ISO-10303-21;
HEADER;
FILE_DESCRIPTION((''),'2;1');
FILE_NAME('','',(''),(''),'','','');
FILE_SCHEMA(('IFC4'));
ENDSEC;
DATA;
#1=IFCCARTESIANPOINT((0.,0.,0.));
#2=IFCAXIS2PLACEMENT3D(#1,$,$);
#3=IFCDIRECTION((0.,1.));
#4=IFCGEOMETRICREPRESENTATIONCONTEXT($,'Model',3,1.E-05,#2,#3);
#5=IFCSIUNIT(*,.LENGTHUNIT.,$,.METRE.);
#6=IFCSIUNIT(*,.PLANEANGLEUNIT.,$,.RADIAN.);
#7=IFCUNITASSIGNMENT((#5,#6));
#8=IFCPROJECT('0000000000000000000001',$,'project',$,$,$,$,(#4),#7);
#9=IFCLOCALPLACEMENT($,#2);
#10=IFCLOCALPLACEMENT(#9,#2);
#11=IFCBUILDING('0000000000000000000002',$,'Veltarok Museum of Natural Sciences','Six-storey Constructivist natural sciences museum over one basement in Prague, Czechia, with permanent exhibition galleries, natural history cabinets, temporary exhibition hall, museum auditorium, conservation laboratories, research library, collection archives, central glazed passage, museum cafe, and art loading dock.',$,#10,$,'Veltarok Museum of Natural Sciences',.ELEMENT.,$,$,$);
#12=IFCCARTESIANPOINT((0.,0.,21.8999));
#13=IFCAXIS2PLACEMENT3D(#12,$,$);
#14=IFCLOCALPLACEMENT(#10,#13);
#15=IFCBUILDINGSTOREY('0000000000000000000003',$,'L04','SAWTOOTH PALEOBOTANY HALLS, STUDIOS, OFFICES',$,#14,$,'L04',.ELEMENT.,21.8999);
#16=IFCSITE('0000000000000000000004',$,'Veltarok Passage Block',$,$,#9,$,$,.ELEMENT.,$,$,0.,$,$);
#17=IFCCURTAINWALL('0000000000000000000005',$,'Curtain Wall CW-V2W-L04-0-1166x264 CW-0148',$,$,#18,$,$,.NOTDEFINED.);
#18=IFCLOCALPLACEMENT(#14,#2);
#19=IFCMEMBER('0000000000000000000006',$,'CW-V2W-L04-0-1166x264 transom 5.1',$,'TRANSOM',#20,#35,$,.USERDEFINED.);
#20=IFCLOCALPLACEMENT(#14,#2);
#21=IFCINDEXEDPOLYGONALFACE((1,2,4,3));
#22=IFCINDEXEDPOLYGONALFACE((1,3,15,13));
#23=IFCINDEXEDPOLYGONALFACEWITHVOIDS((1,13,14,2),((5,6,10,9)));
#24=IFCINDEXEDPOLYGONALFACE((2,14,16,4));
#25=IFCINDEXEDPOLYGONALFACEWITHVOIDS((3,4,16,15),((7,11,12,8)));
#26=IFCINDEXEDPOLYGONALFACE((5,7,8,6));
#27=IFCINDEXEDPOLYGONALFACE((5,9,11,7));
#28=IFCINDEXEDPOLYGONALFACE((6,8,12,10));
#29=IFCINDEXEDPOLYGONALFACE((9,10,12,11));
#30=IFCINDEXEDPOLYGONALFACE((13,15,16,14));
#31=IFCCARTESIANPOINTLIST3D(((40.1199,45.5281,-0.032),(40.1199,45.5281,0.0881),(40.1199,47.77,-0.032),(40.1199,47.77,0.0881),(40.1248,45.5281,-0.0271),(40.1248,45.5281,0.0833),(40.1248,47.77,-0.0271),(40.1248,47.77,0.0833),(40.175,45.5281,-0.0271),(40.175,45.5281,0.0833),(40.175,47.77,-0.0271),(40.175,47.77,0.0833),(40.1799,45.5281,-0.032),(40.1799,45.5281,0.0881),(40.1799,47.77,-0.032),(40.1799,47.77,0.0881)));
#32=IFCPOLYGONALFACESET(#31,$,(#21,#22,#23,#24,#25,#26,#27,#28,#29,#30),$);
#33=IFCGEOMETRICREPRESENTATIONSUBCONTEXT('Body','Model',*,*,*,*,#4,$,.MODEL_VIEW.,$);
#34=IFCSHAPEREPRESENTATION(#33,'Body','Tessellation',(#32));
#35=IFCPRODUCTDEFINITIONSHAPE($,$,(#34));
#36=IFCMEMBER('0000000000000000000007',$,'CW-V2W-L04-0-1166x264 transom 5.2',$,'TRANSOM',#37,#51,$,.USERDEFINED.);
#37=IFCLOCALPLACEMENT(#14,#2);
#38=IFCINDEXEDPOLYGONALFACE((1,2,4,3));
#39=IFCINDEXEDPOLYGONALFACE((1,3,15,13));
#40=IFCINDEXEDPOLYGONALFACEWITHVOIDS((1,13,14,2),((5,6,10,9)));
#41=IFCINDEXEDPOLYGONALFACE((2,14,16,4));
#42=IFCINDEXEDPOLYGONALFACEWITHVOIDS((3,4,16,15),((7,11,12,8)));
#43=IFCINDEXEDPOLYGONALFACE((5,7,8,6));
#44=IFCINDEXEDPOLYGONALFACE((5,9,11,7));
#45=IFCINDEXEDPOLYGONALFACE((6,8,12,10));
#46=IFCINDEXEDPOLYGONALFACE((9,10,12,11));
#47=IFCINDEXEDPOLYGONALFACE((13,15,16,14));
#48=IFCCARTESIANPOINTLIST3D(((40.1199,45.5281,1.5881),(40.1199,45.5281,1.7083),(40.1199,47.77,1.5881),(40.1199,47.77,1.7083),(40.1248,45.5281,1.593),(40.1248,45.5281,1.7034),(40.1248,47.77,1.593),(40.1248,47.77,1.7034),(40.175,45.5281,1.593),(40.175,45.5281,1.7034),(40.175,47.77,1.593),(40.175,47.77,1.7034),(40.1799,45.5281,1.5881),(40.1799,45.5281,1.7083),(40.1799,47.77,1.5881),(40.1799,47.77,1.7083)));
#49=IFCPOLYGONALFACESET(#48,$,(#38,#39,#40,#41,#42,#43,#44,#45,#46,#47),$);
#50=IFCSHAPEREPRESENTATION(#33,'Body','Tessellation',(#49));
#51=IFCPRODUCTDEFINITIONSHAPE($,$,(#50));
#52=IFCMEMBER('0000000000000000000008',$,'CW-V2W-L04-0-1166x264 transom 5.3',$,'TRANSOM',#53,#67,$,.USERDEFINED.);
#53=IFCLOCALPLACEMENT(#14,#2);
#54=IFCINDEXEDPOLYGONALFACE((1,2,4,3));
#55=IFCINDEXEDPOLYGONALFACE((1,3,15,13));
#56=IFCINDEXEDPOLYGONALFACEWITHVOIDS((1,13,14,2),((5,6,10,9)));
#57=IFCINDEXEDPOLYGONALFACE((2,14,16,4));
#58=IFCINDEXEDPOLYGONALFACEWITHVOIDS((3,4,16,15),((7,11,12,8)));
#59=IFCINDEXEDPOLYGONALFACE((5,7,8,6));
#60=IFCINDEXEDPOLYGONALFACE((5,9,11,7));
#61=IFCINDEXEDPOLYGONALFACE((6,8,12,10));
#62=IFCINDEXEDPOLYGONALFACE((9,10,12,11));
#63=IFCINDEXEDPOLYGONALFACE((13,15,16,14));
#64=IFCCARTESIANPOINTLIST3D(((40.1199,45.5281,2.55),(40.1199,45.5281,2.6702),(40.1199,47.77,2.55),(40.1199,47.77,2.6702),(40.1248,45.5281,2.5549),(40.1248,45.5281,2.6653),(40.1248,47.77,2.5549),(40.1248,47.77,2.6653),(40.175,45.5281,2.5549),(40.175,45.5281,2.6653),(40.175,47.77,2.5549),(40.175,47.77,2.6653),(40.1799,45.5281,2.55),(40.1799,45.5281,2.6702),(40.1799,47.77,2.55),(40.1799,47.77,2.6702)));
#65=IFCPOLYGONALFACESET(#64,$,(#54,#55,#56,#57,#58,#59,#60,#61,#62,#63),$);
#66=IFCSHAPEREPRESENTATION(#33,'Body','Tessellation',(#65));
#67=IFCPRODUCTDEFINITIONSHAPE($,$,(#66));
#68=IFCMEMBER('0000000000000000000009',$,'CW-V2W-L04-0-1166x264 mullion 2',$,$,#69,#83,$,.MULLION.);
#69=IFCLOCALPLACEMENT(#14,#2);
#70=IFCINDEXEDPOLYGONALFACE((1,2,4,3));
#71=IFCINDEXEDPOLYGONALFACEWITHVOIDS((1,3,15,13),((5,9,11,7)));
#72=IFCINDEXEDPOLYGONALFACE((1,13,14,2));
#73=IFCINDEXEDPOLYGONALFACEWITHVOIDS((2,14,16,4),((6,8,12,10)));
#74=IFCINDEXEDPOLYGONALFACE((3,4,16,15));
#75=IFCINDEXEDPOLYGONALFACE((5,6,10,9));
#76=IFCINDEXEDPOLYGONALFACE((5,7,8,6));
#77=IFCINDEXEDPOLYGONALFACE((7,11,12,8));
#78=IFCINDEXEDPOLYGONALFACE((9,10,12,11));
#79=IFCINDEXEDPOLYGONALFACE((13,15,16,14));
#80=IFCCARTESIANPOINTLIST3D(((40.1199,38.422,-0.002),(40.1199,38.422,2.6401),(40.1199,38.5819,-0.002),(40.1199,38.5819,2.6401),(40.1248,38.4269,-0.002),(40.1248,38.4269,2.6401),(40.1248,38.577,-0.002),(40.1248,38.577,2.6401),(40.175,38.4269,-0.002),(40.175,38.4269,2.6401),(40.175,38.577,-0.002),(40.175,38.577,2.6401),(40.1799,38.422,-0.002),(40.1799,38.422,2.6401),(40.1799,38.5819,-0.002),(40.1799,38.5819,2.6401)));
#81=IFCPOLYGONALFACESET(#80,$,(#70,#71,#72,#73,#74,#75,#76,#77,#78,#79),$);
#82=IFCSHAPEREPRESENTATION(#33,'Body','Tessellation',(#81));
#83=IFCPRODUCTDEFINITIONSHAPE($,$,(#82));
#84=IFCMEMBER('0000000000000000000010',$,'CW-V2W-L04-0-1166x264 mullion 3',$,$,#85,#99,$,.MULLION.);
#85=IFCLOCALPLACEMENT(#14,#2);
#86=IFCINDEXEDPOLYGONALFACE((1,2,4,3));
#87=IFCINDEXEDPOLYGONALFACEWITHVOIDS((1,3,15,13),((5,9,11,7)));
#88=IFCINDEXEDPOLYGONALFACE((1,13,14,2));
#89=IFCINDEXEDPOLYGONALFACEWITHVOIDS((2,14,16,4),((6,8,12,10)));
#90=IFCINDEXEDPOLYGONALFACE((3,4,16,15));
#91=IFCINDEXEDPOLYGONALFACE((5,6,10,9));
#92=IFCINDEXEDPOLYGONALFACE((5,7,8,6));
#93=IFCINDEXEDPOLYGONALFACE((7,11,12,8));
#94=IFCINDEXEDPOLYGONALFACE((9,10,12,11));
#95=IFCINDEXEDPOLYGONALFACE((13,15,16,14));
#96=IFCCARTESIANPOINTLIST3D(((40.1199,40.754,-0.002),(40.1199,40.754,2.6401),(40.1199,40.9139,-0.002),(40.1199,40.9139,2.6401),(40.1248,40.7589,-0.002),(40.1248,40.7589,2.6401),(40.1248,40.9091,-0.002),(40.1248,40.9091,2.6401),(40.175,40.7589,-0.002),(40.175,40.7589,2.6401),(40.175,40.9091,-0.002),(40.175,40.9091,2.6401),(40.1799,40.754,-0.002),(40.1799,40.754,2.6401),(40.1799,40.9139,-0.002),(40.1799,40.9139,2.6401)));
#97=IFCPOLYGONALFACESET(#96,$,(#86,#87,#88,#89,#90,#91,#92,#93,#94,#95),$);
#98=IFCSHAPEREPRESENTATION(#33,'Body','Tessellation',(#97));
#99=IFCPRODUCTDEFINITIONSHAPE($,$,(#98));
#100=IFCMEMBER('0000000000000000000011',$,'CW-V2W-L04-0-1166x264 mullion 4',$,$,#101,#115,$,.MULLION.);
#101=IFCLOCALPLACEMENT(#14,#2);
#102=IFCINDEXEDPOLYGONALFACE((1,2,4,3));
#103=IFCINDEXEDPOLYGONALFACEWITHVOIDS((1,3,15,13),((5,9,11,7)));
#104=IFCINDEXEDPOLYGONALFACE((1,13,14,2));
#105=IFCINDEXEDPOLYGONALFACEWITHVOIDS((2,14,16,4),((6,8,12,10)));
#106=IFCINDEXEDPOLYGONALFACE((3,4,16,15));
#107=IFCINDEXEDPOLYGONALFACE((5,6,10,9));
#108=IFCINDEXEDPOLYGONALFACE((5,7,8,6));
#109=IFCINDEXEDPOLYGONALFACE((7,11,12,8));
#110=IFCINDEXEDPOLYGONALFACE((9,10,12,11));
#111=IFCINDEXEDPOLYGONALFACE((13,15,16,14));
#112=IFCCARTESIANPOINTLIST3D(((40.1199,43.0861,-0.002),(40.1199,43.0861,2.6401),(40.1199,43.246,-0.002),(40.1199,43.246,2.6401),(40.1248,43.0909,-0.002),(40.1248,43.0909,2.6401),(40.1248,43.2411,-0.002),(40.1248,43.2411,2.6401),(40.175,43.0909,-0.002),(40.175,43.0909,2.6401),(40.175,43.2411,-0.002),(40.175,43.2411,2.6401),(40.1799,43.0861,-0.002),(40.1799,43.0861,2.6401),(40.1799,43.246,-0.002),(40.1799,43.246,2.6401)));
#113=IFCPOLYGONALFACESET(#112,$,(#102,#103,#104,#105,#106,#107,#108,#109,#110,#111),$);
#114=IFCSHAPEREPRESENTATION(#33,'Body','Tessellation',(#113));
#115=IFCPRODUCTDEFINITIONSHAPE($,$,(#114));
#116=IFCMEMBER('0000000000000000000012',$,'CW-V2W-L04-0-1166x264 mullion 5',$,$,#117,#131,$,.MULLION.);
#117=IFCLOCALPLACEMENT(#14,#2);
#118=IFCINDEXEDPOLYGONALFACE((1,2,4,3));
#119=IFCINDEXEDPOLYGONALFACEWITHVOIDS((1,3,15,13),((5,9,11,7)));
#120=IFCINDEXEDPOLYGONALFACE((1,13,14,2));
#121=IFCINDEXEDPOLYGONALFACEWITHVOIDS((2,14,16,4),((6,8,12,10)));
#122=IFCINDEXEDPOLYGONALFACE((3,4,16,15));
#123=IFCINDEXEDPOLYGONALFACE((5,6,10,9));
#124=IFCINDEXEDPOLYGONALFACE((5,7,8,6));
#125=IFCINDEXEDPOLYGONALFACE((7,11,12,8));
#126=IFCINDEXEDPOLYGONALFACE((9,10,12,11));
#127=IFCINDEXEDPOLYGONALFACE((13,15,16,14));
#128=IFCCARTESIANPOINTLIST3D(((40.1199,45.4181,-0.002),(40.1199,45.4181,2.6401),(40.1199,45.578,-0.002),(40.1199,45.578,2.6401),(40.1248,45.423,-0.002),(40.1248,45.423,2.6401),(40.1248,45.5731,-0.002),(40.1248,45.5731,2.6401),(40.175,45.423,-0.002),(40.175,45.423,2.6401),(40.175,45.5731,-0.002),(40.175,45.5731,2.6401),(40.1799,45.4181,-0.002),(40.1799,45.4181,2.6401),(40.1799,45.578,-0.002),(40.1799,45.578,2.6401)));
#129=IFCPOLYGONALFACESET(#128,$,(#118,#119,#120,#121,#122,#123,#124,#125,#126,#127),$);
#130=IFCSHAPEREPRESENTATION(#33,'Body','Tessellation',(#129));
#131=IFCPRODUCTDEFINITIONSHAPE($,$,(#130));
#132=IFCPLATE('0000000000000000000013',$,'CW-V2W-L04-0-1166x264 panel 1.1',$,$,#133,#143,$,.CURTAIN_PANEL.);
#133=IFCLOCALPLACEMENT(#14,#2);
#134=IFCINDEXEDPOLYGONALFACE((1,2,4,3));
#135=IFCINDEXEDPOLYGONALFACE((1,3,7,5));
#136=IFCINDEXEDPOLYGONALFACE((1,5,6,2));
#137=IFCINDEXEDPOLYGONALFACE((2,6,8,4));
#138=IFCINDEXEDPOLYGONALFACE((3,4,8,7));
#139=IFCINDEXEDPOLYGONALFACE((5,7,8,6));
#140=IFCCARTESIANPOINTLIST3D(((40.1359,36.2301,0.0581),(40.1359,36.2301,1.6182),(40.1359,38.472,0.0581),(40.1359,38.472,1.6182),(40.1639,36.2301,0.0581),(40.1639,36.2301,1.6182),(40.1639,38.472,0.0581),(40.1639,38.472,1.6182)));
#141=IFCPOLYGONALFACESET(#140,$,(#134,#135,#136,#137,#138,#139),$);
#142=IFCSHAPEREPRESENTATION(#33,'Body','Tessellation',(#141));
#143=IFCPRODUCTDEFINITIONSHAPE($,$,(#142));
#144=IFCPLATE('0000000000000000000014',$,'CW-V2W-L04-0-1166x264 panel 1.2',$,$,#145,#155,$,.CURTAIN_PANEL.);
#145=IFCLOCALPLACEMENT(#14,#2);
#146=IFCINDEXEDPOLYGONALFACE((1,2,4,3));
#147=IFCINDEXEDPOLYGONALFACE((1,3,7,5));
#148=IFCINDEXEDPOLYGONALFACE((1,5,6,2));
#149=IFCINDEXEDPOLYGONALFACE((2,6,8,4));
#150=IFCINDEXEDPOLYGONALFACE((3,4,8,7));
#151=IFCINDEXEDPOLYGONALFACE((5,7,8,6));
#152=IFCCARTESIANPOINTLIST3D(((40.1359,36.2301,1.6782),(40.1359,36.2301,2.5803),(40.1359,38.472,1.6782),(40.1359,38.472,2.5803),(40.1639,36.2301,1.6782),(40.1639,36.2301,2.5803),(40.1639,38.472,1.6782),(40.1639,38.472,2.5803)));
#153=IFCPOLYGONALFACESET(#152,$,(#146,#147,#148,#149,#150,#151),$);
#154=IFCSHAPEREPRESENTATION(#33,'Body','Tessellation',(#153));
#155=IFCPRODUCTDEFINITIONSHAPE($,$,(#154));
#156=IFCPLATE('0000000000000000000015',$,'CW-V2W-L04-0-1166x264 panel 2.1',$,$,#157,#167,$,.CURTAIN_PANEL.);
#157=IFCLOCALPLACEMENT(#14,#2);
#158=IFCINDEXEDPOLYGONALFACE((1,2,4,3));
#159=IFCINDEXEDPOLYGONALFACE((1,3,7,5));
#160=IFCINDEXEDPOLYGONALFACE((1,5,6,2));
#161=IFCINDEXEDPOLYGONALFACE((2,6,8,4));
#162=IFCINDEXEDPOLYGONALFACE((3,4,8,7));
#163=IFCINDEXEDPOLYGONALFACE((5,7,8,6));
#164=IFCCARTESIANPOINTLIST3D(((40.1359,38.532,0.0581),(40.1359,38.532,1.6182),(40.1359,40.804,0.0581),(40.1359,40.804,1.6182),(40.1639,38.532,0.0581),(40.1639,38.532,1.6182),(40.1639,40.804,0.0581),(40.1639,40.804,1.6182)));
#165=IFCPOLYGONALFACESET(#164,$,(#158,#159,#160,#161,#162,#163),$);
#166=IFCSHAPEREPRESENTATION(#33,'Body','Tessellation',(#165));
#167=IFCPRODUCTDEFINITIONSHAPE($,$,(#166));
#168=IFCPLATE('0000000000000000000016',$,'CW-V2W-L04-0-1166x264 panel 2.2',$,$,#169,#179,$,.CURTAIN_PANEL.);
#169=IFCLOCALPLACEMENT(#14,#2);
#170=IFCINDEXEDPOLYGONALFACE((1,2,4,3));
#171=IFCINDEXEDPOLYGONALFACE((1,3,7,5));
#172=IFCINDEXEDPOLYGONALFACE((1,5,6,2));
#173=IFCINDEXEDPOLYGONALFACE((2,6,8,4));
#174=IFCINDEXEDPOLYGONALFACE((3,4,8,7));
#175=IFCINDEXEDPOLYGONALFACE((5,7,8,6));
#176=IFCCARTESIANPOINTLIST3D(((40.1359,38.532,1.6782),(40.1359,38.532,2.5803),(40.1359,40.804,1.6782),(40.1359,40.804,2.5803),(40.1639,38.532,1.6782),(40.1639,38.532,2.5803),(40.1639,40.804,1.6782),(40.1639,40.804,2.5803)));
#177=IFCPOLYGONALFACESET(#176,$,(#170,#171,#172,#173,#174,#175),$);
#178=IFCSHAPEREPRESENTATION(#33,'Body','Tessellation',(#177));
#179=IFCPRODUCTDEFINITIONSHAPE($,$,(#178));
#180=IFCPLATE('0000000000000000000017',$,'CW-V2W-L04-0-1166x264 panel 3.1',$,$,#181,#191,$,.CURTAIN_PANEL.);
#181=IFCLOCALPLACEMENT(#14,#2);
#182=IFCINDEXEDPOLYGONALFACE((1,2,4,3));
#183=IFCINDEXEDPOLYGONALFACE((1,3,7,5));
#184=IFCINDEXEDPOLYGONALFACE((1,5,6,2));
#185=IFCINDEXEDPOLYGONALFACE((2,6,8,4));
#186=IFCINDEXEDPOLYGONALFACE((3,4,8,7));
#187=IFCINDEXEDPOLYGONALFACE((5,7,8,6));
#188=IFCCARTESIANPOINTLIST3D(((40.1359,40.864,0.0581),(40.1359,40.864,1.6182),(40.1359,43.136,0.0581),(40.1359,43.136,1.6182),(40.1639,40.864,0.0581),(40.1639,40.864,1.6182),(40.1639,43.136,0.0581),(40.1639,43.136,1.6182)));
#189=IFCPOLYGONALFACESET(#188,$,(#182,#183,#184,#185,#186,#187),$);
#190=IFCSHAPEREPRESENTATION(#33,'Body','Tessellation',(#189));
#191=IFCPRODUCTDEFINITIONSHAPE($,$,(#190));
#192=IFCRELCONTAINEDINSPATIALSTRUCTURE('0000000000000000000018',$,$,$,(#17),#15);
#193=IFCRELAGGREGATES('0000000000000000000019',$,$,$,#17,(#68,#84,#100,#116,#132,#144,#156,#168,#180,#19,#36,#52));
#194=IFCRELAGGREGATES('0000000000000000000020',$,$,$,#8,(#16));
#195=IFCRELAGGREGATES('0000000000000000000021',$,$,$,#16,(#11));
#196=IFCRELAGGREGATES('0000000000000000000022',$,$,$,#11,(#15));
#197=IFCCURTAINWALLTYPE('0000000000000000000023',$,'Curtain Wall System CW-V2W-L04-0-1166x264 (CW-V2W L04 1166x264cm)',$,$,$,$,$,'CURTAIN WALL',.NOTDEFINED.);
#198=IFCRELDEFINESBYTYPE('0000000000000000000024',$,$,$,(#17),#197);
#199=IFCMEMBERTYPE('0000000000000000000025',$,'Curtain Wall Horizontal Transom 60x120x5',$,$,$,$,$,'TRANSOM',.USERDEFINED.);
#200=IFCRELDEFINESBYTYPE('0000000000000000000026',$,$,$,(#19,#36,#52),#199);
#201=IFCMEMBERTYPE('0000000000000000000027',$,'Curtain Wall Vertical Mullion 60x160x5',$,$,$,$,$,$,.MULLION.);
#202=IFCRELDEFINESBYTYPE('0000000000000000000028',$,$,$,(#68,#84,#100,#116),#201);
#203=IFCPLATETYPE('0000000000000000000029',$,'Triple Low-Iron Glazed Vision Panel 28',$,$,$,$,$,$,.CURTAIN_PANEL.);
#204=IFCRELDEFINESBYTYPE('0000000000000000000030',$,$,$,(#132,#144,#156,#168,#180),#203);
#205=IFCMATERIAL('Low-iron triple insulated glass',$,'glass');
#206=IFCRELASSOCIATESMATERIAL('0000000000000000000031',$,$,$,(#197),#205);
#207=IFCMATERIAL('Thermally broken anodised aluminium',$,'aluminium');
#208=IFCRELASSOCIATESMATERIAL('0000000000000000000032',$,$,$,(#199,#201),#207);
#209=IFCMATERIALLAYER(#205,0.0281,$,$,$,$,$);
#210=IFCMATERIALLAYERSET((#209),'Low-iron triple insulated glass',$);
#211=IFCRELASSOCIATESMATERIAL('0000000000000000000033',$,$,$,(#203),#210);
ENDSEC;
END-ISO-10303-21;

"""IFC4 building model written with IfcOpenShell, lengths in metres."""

from ifc_helpers import new_model, si_unit, direction, frame, origin, origin_2d, place, context, subcontext, project, spatial, rectangle, hollow_rectangle, extrude, material, layer, layer_set, material_profile, profile_set, type_object, element, aggregate, save


model = new_model("IFC4")

# Units and contexts
model_context = context("Model", 3, precision=1e-05, world=origin(), true_north=direction((0.0, 1.0)))
body_context = subcontext(model_context, "Body", "Model", "MODEL_VIEW")
ifc_project = project(units=[si_unit("LENGTHUNIT", "METRE"), si_unit("PLANEANGLEUNIT", "RADIAN")], contexts=[model_context])

# Site, building, storey
site_placement = place(None, origin())
site = spatial("IfcSite", under=ifc_project, at=site_placement, Name="Veltarok Passage Block", CompositionType="ELEMENT", RefElevation=0.0)
building_placement = place(site_placement, origin())
building = spatial("IfcBuilding", under=site, at=building_placement, Name="Veltarok Museum of Natural Sciences", Description="Six-storey Constructivist natural sciences museum over one basement in Prague, Czechia, with permanent exhibition galleries, natural history cabinets, temporary exhibition hall, museum auditorium, conservation laboratories, research library, collection archives, central glazed passage, museum cafe, and art loading dock.", LongName="Veltarok Museum of Natural Sciences", CompositionType="ELEMENT")
storey_placement = place(building_placement, frame((0.0, 0.0, 21.8999)))
storey = spatial("IfcBuildingStorey", under=building, at=storey_placement, Name="L04", Description="SAWTOOTH PALEOBOTANY HALLS, STUDIOS, OFFICES", LongName="L04", CompositionType="ELEMENT", Elevation=21.8999)

# Curtain wall, members, plates
ifc_material_1 = material(Name="Low-iron triple insulated glass", Category="glass")
curtain_wall_type = type_object("IfcCurtainWallType", Name="Curtain Wall System CW-V2W-L04-0-1166x264 (CW-V2W L04 1166x264cm)", ElementType="CURTAIN WALL", PredefinedType="NOTDEFINED", material=ifc_material_1)
curtain_wall_placement = place(storey_placement, origin())
curtain_wall = element("IfcCurtainWall", 1, at=curtain_wall_placement, inside=storey, type_object=curtain_wall_type, Name="Curtain Wall CW-V2W-L04-0-1166x264 CW-0148", PredefinedType="NOTDEFINED")
ifc_material_2 = material(Name="Thermally broken anodised aluminium", Category="aluminium")
ifc_material_profile_1 = material_profile(ifc_material_2, hollow_rectangle(XDim=0.0601, YDim=0.1201, WallThickness=0.0049, at=origin_2d()), Name="CW TRANSOM 60x120x5")
ifc_profile_set_1 = profile_set([ifc_material_profile_1], Name="Thermally broken anodised aluminium")
member_type_1 = type_object("IfcMemberType", Name="Curtain Wall Horizontal Transom 60x120x5", ElementType="TRANSOM", PredefinedType="USERDEFINED", material=ifc_profile_set_1)
member_1_placement = place(storey_placement, frame((40.1499, 45.5281, 0.0281), z_axis=(0.0, 1.0, 0.0), x_axis=(-1.0, 0.0, 0.0)))
member_1 = element("IfcMember", 2, at=member_1_placement, type_object=member_type_1, Name="CW-V2W-L04-0-1166x264 transom 5.1", ObjectType="TRANSOM", PredefinedType="USERDEFINED", context=body_context, shape_type="SweptSolid", body=[
    extrude(hollow_rectangle(XDim=0.0601, YDim=0.1201, WallThickness=0.0049, at=origin_2d()), origin(), (0.0, 0.0, 1.0), 2.2419),
])
member_2_placement = place(storey_placement, frame((40.1499, 45.5281, 1.6482), z_axis=(0.0, 1.0, 0.0), x_axis=(-1.0, 0.0, 0.0)))
member_2 = element("IfcMember", 3, at=member_2_placement, type_object=member_type_1, Name="CW-V2W-L04-0-1166x264 transom 5.2", ObjectType="TRANSOM", PredefinedType="USERDEFINED", context=body_context, shape_type="SweptSolid", body=[
    extrude(hollow_rectangle(XDim=0.0601, YDim=0.1201, WallThickness=0.0049, at=origin_2d()), origin(), (0.0, 0.0, 1.0), 2.2419),
])
member_3_placement = place(storey_placement, frame((40.1499, 45.5281, 2.6101), z_axis=(0.0, 1.0, 0.0), x_axis=(-1.0, 0.0, 0.0)))
member_3 = element("IfcMember", 4, at=member_3_placement, type_object=member_type_1, Name="CW-V2W-L04-0-1166x264 transom 5.3", ObjectType="TRANSOM", PredefinedType="USERDEFINED", context=body_context, shape_type="SweptSolid", body=[
    extrude(hollow_rectangle(XDim=0.0601, YDim=0.1201, WallThickness=0.0049, at=origin_2d()), origin(), (0.0, 0.0, 1.0), 2.2419),
])
ifc_material_profile_2 = material_profile(ifc_material_2, hollow_rectangle(XDim=0.0601, YDim=0.1599, WallThickness=0.0049, at=origin_2d()), Name="CW MULLION 60x160x5")
ifc_profile_set_2 = profile_set([ifc_material_profile_2], Name="Thermally broken anodised aluminium")
member_type_2 = type_object("IfcMemberType", Name="Curtain Wall Vertical Mullion 60x160x5", PredefinedType="MULLION", material=ifc_profile_set_2)
member_4_placement = place(storey_placement, frame((40.1499, 38.502, -0.002), z_axis=(0.0, 0.0, 1.0), x_axis=(-1.0, 0.0, 0.0)))
member_4 = element("IfcMember", 5, at=member_4_placement, type_object=member_type_2, Name="CW-V2W-L04-0-1166x264 mullion 2", PredefinedType="MULLION", context=body_context, shape_type="SweptSolid", body=[
    extrude(hollow_rectangle(XDim=0.0601, YDim=0.1599, WallThickness=0.0049, at=origin_2d()), origin(), (0.0, 0.0, 1.0), 2.6421),
])
member_5_placement = place(storey_placement, frame((40.1499, 40.834, -0.002), z_axis=(0.0, 0.0, 1.0), x_axis=(-1.0, 0.0, 0.0)))
member_5 = element("IfcMember", 6, at=member_5_placement, type_object=member_type_2, Name="CW-V2W-L04-0-1166x264 mullion 3", PredefinedType="MULLION", context=body_context, shape_type="SweptSolid", body=[
    extrude(hollow_rectangle(XDim=0.0601, YDim=0.1599, WallThickness=0.0049, at=origin_2d()), origin(), (0.0, 0.0, 1.0), 2.6421),
])
member_6_placement = place(storey_placement, frame((40.1499, 43.166, -0.002), z_axis=(0.0, 0.0, 1.0), x_axis=(-1.0, 0.0, 0.0)))
member_6 = element("IfcMember", 7, at=member_6_placement, type_object=member_type_2, Name="CW-V2W-L04-0-1166x264 mullion 4", PredefinedType="MULLION", context=body_context, shape_type="SweptSolid", body=[
    extrude(hollow_rectangle(XDim=0.0601, YDim=0.1599, WallThickness=0.0049, at=origin_2d()), origin(), (0.0, 0.0, 1.0), 2.6421),
])
member_7_placement = place(storey_placement, frame((40.1499, 45.498, -0.002), z_axis=(0.0, 0.0, 1.0), x_axis=(-1.0, 0.0, 0.0)))
member_7 = element("IfcMember", 8, at=member_7_placement, type_object=member_type_2, Name="CW-V2W-L04-0-1166x264 mullion 5", PredefinedType="MULLION", context=body_context, shape_type="SweptSolid", body=[
    extrude(hollow_rectangle(XDim=0.0601, YDim=0.1599, WallThickness=0.0049, at=origin_2d()), origin(), (0.0, 0.0, 1.0), 2.6421),
])
ifc_layer = layer(ifc_material_1, 0.0281)
ifc_layer_set = layer_set([ifc_layer], Name="Low-iron triple insulated glass")
plate_type = type_object("IfcPlateType", Name="Triple Low-Iron Glazed Vision Panel 28", PredefinedType="CURTAIN_PANEL", material=ifc_layer_set)
plate_1_placement = place(storey_placement, frame((40.1499, 37.3511, 0.0581), z_axis=(0.0, 0.0, 1.0), x_axis=(0.0, 1.0, 0.0)))
plate_1 = element("IfcPlate", 9, at=plate_1_placement, type_object=plate_type, Name="CW-V2W-L04-0-1166x264 panel 1.1", PredefinedType="CURTAIN_PANEL", context=body_context, shape_type="SweptSolid", body=[
    extrude(rectangle(XDim=2.2419, YDim=0.0281, at=origin_2d()), origin(), (0.0, 0.0, 1.0), 1.5601),
])
plate_2_placement = place(storey_placement, frame((40.1499, 37.3511, 1.6782), z_axis=(0.0, 0.0, 1.0), x_axis=(0.0, 1.0, 0.0)))
plate_2 = element("IfcPlate", 10, at=plate_2_placement, type_object=plate_type, Name="CW-V2W-L04-0-1166x264 panel 1.2", PredefinedType="CURTAIN_PANEL", context=body_context, shape_type="SweptSolid", body=[
    extrude(rectangle(XDim=2.2419, YDim=0.0281, at=origin_2d()), origin(), (0.0, 0.0, 1.0), 0.9021),
])
plate_3_placement = place(storey_placement, frame((40.1499, 39.668, 0.0581), z_axis=(0.0, 0.0, 1.0), x_axis=(0.0, 1.0, 0.0)))
plate_3 = element("IfcPlate", 11, at=plate_3_placement, type_object=plate_type, Name="CW-V2W-L04-0-1166x264 panel 2.1", PredefinedType="CURTAIN_PANEL", context=body_context, shape_type="SweptSolid", body=[
    extrude(rectangle(XDim=2.272, YDim=0.0281, at=origin_2d()), origin(), (0.0, 0.0, 1.0), 1.5601),
])
plate_4_placement = place(storey_placement, frame((40.1499, 39.668, 1.6782), z_axis=(0.0, 0.0, 1.0), x_axis=(0.0, 1.0, 0.0)))
plate_4 = element("IfcPlate", 12, at=plate_4_placement, type_object=plate_type, Name="CW-V2W-L04-0-1166x264 panel 2.2", PredefinedType="CURTAIN_PANEL", context=body_context, shape_type="SweptSolid", body=[
    extrude(rectangle(XDim=2.272, YDim=0.0281, at=origin_2d()), origin(), (0.0, 0.0, 1.0), 0.9021),
])
plate_5_placement = place(storey_placement, frame((40.1499, 42.0, 0.0581), z_axis=(0.0, 0.0, 1.0), x_axis=(0.0, 1.0, 0.0)))
plate_5 = element("IfcPlate", 13, at=plate_5_placement, type_object=plate_type, Name="CW-V2W-L04-0-1166x264 panel 3.1", PredefinedType="CURTAIN_PANEL", context=body_context, shape_type="SweptSolid", body=[
    extrude(rectangle(XDim=2.272, YDim=0.0281, at=origin_2d()), origin(), (0.0, 0.0, 1.0), 1.5601),
])
aggregate(curtain_wall, [member_4, member_5, member_6, member_7, plate_1, plate_2, plate_3, plate_4, plate_5, member_1, member_2, member_3])

save(model, "model.ifc")
